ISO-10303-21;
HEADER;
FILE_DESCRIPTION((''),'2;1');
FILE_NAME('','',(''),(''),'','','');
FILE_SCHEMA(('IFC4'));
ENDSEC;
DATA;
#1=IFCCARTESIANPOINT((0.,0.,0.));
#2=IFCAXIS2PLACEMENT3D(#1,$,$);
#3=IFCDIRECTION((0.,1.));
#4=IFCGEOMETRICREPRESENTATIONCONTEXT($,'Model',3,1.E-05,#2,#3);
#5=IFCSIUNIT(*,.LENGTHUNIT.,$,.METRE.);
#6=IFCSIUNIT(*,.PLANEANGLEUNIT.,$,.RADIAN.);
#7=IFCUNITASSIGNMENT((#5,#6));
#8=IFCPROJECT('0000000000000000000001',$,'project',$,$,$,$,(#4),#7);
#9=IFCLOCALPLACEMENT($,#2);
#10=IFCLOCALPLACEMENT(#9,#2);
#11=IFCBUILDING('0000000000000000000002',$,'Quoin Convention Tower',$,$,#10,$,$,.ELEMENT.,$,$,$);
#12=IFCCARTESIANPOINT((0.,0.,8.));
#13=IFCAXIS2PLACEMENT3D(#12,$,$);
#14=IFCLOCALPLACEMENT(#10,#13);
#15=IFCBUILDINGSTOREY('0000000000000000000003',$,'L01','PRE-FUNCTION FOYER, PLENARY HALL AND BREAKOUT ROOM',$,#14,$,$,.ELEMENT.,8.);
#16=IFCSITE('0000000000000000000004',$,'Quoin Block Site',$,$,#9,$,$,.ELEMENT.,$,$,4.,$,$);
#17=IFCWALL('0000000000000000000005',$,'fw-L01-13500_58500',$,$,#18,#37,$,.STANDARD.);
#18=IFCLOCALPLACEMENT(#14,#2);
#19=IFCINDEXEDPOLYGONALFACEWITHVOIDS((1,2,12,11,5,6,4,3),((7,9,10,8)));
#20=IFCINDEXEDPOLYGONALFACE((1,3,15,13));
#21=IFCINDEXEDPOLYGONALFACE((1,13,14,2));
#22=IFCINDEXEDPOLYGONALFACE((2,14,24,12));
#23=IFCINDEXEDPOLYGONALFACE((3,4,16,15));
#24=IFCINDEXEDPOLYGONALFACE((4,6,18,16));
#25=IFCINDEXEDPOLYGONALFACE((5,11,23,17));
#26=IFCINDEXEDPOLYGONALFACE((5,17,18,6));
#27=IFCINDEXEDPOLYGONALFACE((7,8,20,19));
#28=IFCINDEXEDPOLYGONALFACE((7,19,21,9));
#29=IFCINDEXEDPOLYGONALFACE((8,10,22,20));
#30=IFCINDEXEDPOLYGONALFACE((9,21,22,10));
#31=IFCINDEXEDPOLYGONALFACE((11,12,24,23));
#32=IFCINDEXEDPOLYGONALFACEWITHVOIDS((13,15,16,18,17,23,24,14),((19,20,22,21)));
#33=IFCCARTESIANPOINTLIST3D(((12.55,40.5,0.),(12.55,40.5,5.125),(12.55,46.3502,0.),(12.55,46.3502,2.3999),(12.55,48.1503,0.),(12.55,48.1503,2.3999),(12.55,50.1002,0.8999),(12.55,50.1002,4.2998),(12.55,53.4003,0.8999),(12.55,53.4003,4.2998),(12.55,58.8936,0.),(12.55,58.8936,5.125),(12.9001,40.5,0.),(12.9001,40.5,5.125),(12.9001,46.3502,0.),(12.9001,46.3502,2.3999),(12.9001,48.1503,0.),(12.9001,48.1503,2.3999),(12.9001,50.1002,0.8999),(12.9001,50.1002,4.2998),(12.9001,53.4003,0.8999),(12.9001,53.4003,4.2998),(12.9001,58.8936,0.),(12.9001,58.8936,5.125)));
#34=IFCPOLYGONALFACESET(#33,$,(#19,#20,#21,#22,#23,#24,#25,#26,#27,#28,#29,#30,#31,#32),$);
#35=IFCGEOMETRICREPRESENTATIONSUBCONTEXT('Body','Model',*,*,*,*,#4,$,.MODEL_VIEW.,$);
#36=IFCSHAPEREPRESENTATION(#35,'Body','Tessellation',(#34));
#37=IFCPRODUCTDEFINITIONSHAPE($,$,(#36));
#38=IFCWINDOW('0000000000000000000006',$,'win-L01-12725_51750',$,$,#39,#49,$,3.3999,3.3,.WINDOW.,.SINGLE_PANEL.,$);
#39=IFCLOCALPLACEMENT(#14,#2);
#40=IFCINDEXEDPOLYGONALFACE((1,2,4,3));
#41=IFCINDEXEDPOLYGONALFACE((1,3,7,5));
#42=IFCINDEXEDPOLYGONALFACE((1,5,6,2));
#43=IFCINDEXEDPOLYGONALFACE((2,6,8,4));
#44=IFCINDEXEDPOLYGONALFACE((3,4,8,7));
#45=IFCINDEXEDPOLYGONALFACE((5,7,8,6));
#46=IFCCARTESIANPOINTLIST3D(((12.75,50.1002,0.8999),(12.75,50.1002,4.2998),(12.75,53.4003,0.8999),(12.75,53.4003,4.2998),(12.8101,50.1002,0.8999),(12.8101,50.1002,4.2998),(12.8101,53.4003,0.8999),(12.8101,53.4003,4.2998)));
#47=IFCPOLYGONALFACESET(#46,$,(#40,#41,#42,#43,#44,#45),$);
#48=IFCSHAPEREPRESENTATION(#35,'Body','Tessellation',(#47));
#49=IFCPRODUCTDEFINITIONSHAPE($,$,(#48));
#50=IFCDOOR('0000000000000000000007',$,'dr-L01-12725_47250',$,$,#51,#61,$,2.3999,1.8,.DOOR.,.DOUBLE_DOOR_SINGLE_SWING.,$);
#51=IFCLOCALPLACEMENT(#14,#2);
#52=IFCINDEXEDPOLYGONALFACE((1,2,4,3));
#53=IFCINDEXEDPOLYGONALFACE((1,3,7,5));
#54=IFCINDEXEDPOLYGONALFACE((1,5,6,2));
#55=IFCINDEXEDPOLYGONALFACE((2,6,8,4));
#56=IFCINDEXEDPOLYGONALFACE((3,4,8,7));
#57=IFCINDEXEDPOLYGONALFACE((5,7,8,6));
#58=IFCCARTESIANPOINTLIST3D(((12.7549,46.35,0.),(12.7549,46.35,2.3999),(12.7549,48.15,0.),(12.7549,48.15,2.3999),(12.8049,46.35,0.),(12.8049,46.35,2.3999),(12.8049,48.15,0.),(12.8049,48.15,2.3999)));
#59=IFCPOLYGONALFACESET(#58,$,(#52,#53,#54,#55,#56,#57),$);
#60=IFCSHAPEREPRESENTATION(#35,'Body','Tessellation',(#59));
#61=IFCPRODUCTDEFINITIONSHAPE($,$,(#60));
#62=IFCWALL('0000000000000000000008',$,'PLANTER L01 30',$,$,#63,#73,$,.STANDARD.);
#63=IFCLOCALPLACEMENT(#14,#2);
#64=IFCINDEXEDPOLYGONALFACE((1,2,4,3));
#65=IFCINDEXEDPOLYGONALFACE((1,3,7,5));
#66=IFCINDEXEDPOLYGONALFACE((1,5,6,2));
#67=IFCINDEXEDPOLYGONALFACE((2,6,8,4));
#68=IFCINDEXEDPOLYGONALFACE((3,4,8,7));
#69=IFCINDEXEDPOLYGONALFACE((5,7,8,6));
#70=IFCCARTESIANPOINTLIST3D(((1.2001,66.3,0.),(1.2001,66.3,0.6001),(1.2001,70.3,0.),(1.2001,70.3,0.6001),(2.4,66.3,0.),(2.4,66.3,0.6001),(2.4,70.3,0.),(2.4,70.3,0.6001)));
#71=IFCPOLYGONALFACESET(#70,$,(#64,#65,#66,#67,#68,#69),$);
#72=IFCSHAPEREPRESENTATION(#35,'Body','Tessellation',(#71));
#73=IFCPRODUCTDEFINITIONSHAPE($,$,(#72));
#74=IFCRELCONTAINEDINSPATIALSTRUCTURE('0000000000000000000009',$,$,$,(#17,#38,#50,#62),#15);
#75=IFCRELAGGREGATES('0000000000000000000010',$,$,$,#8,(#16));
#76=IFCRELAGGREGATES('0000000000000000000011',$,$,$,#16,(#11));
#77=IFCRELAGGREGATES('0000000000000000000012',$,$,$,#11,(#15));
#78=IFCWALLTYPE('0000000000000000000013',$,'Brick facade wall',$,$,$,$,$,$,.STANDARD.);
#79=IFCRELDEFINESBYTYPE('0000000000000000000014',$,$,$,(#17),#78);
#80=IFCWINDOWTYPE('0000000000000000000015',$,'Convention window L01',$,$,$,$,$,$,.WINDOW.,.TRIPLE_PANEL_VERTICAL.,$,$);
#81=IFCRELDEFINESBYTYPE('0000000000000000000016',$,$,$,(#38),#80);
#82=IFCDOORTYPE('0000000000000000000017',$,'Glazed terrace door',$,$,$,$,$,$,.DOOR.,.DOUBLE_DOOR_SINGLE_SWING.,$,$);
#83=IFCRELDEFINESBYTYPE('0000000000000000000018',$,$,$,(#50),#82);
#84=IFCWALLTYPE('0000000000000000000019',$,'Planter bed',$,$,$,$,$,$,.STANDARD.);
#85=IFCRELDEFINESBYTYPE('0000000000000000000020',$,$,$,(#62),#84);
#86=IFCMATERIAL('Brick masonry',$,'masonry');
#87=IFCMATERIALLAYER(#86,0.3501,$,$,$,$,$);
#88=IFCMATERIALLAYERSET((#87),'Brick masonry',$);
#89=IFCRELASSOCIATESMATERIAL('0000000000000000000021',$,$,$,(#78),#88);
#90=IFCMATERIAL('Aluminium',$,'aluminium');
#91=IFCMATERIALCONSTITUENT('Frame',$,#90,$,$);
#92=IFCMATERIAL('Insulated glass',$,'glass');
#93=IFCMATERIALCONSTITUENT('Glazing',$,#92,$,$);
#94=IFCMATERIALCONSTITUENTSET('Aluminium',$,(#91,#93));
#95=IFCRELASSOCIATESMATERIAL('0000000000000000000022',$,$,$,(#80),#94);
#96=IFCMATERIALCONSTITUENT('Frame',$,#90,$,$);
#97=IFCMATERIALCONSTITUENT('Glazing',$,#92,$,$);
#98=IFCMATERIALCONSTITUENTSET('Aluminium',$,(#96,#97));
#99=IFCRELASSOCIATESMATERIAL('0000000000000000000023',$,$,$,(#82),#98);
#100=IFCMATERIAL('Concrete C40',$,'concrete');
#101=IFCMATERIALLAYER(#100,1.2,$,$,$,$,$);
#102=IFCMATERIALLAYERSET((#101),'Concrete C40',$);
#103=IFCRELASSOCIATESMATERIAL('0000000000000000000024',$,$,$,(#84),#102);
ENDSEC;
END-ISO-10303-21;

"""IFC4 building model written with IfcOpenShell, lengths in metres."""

from ifc_helpers import new_model, si_unit, direction, frame, frame_2d, origin, place, context, subcontext, project, spatial, rectangle, extrude, material, layer, layer_set, constituent, constituent_set, type_object, element, fill, save


model = new_model("IFC4")

# Units and contexts
model_context = context("Model", 3, precision=1e-05, world=origin(), true_north=direction((0.0, 1.0)))
body_context = subcontext(model_context, "Body", "Model", "MODEL_VIEW")
ifc_project = project(units=[si_unit("LENGTHUNIT", "METRE"), si_unit("PLANEANGLEUNIT", "RADIAN")], contexts=[model_context])

# Site, building, storey
site_placement = place(None, origin())
site = spatial("IfcSite", under=ifc_project, at=site_placement, Name="Quoin Block Site", CompositionType="ELEMENT", RefElevation=4.0)
building_placement = place(site_placement, origin())
building = spatial("IfcBuilding", under=site, at=building_placement, Name="Quoin Convention Tower", CompositionType="ELEMENT")
storey_placement = place(building_placement, frame((0.0, 0.0, 8.0)))
storey = spatial("IfcBuildingStorey", under=building, at=storey_placement, Name="L01", Description="PRE-FUNCTION FOYER, PLENARY HALL AND BREAKOUT ROOM", CompositionType="ELEMENT", Elevation=8.0)

# Shared definitions
ifc_material_1 = material(Name="Brick masonry", Category="masonry")
ifc_layer_1 = layer(ifc_material_1, 0.3501)
ifc_layer_set_1 = layer_set([ifc_layer_1], Name="Brick masonry")
wall_type_1 = type_object("IfcWallType", Name="Brick facade wall", PredefinedType="STANDARD", material=ifc_layer_set_1)
ifc_material_2 = material(Name="Aluminium", Category="aluminium")
ifc_constituent_1 = constituent(ifc_material_2, Name="Frame")
ifc_material_3 = material(Name="Insulated glass", Category="glass")
ifc_constituent_2 = constituent(ifc_material_3, Name="Glazing")
ifc_constituent_set_1 = constituent_set(constituents=[ifc_constituent_1, ifc_constituent_2], Name="Aluminium")
window_type = type_object("IfcWindowType", Name="Convention window L01", PartitioningType="TRIPLE_PANEL_VERTICAL", PredefinedType="WINDOW", material=ifc_constituent_set_1)

# Wall, openings, window, door
wall_1_placement = place(storey_placement, frame((12.7251, 58.8936, 0.0), z_axis=(0.0, 0.0, 1.0), x_axis=(0.0, -1.0, 0.0)))
wall_1 = element("IfcWall", 1, at=wall_1_placement, inside=storey, type_object=wall_type_1, Name="fw-L01-13500_58500", PredefinedType="STANDARD", context=body_context, shape_type="SweptSolid", body=[
    extrude(rectangle(XDim=18.3936, YDim=0.3501, at=frame_2d((9.1968, 0.0))), origin(), (0.0, 0.0, 1.0), 5.125),
])
opening_1_placement = place(wall_1_placement, frame((5.4934, 0.0, 0.8999)))
opening_1 = element("IfcOpeningElement", 2, at=opening_1_placement, cuts=wall_1, PredefinedType="OPENING", context=body_context, shape_type="SweptSolid", body=[
    extrude(rectangle(XDim=3.3, YDim=3.3999, at=frame_2d((1.6499, 1.7))), frame((0.0, 0.1851, 0.0), z_axis=(0.0, -1.0, 0.0), x_axis=(1.0, 0.0, 0.0)), (0.0, 0.0, 1.0), 0.3701),
])
opening_2_placement = place(wall_1_placement, frame((10.7434, 0.0, 0.0)))
opening_2 = element("IfcOpeningElement", 3, at=opening_2_placement, cuts=wall_1, PredefinedType="OPENING", context=body_context, shape_type="SweptSolid", body=[
    extrude(rectangle(XDim=1.8, YDim=2.3999, at=frame_2d((0.8999, 1.2))), frame((0.0, 0.1851, 0.0), z_axis=(0.0, -1.0, 0.0), x_axis=(1.0, 0.0, 0.0)), (0.0, 0.0, 1.0), 0.3701),
])
window_1_placement = place(opening_1_placement, origin())
window_1 = element("IfcWindow", 4, at=window_1_placement, inside=storey, type_object=window_type, Name="win-L01-12725_51750", OverallHeight=3.3999, OverallWidth=3.3, PartitioningType="SINGLE_PANEL", PredefinedType="WINDOW", context=body_context, shape_type="SweptSolid", body=[
    extrude(rectangle(XDim=3.3, YDim=3.3999, at=frame_2d((1.6499, 1.7))), frame((0.0, 0.085, 0.0), z_axis=(0.0, -1.0, 0.0), x_axis=(1.0, 0.0, 0.0)), (0.0, 0.0, 1.0), 0.0601),
])
fill(opening_1, window_1)
ifc_constituent_3 = constituent(ifc_material_2, Name="Frame")
ifc_constituent_4 = constituent(ifc_material_3, Name="Glazing")
ifc_constituent_set_2 = constituent_set(constituents=[ifc_constituent_3, ifc_constituent_4], Name="Aluminium")
door_type = type_object("IfcDoorType", Name="Glazed terrace door", OperationType="DOUBLE_DOOR_SINGLE_SWING", PredefinedType="DOOR", material=ifc_constituent_set_2)
door_placement = place(opening_2_placement, frame((1.8, 0.0, 0.0), z_axis=(0.0, 0.0, 1.0), x_axis=(-1.0, 0.0, 0.0)))
door = element("IfcDoor", 5, at=door_placement, inside=storey, type_object=door_type, Name="dr-L01-12725_47250", OperationType="DOUBLE_DOOR_SINGLE_SWING", OverallHeight=2.3999, OverallWidth=1.8, PredefinedType="DOOR", context=body_context, shape_type="SweptSolid", body=[
    extrude(rectangle(XDim=1.8, YDim=2.3999, at=frame_2d((0.8999, 1.2))), frame((0.0, -0.0298, 0.0), z_axis=(0.0, -1.0, 0.0), x_axis=(1.0, 0.0, 0.0)), (0.0, 0.0, 1.0), 0.05),
])
fill(opening_2, door)

# Wall
ifc_material_4 = material(Name="Concrete C40", Category="concrete")
ifc_layer_2 = layer(ifc_material_4, 1.2)
ifc_layer_set_2 = layer_set([ifc_layer_2], Name="Concrete C40")
wall_type_2 = type_object("IfcWallType", Name="Planter bed", PredefinedType="STANDARD", material=ifc_layer_set_2)
wall_2_placement = place(storey_placement, frame((1.8, 66.3, 0.0), z_axis=(0.0, 0.0, 1.0), x_axis=(0.0, 1.0, 0.0)))
element("IfcWall", 6, at=wall_2_placement, inside=storey, type_object=wall_type_2, Name="PLANTER L01 30", PredefinedType="STANDARD", context=body_context, shape_type="SweptSolid", body=[
    extrude(rectangle(XDim=4.0, YDim=1.2, at=frame_2d((2.0, 0.0))), origin(), (0.0, 0.0, 1.0), 0.6001),
])

save(model, "model.ifc")
